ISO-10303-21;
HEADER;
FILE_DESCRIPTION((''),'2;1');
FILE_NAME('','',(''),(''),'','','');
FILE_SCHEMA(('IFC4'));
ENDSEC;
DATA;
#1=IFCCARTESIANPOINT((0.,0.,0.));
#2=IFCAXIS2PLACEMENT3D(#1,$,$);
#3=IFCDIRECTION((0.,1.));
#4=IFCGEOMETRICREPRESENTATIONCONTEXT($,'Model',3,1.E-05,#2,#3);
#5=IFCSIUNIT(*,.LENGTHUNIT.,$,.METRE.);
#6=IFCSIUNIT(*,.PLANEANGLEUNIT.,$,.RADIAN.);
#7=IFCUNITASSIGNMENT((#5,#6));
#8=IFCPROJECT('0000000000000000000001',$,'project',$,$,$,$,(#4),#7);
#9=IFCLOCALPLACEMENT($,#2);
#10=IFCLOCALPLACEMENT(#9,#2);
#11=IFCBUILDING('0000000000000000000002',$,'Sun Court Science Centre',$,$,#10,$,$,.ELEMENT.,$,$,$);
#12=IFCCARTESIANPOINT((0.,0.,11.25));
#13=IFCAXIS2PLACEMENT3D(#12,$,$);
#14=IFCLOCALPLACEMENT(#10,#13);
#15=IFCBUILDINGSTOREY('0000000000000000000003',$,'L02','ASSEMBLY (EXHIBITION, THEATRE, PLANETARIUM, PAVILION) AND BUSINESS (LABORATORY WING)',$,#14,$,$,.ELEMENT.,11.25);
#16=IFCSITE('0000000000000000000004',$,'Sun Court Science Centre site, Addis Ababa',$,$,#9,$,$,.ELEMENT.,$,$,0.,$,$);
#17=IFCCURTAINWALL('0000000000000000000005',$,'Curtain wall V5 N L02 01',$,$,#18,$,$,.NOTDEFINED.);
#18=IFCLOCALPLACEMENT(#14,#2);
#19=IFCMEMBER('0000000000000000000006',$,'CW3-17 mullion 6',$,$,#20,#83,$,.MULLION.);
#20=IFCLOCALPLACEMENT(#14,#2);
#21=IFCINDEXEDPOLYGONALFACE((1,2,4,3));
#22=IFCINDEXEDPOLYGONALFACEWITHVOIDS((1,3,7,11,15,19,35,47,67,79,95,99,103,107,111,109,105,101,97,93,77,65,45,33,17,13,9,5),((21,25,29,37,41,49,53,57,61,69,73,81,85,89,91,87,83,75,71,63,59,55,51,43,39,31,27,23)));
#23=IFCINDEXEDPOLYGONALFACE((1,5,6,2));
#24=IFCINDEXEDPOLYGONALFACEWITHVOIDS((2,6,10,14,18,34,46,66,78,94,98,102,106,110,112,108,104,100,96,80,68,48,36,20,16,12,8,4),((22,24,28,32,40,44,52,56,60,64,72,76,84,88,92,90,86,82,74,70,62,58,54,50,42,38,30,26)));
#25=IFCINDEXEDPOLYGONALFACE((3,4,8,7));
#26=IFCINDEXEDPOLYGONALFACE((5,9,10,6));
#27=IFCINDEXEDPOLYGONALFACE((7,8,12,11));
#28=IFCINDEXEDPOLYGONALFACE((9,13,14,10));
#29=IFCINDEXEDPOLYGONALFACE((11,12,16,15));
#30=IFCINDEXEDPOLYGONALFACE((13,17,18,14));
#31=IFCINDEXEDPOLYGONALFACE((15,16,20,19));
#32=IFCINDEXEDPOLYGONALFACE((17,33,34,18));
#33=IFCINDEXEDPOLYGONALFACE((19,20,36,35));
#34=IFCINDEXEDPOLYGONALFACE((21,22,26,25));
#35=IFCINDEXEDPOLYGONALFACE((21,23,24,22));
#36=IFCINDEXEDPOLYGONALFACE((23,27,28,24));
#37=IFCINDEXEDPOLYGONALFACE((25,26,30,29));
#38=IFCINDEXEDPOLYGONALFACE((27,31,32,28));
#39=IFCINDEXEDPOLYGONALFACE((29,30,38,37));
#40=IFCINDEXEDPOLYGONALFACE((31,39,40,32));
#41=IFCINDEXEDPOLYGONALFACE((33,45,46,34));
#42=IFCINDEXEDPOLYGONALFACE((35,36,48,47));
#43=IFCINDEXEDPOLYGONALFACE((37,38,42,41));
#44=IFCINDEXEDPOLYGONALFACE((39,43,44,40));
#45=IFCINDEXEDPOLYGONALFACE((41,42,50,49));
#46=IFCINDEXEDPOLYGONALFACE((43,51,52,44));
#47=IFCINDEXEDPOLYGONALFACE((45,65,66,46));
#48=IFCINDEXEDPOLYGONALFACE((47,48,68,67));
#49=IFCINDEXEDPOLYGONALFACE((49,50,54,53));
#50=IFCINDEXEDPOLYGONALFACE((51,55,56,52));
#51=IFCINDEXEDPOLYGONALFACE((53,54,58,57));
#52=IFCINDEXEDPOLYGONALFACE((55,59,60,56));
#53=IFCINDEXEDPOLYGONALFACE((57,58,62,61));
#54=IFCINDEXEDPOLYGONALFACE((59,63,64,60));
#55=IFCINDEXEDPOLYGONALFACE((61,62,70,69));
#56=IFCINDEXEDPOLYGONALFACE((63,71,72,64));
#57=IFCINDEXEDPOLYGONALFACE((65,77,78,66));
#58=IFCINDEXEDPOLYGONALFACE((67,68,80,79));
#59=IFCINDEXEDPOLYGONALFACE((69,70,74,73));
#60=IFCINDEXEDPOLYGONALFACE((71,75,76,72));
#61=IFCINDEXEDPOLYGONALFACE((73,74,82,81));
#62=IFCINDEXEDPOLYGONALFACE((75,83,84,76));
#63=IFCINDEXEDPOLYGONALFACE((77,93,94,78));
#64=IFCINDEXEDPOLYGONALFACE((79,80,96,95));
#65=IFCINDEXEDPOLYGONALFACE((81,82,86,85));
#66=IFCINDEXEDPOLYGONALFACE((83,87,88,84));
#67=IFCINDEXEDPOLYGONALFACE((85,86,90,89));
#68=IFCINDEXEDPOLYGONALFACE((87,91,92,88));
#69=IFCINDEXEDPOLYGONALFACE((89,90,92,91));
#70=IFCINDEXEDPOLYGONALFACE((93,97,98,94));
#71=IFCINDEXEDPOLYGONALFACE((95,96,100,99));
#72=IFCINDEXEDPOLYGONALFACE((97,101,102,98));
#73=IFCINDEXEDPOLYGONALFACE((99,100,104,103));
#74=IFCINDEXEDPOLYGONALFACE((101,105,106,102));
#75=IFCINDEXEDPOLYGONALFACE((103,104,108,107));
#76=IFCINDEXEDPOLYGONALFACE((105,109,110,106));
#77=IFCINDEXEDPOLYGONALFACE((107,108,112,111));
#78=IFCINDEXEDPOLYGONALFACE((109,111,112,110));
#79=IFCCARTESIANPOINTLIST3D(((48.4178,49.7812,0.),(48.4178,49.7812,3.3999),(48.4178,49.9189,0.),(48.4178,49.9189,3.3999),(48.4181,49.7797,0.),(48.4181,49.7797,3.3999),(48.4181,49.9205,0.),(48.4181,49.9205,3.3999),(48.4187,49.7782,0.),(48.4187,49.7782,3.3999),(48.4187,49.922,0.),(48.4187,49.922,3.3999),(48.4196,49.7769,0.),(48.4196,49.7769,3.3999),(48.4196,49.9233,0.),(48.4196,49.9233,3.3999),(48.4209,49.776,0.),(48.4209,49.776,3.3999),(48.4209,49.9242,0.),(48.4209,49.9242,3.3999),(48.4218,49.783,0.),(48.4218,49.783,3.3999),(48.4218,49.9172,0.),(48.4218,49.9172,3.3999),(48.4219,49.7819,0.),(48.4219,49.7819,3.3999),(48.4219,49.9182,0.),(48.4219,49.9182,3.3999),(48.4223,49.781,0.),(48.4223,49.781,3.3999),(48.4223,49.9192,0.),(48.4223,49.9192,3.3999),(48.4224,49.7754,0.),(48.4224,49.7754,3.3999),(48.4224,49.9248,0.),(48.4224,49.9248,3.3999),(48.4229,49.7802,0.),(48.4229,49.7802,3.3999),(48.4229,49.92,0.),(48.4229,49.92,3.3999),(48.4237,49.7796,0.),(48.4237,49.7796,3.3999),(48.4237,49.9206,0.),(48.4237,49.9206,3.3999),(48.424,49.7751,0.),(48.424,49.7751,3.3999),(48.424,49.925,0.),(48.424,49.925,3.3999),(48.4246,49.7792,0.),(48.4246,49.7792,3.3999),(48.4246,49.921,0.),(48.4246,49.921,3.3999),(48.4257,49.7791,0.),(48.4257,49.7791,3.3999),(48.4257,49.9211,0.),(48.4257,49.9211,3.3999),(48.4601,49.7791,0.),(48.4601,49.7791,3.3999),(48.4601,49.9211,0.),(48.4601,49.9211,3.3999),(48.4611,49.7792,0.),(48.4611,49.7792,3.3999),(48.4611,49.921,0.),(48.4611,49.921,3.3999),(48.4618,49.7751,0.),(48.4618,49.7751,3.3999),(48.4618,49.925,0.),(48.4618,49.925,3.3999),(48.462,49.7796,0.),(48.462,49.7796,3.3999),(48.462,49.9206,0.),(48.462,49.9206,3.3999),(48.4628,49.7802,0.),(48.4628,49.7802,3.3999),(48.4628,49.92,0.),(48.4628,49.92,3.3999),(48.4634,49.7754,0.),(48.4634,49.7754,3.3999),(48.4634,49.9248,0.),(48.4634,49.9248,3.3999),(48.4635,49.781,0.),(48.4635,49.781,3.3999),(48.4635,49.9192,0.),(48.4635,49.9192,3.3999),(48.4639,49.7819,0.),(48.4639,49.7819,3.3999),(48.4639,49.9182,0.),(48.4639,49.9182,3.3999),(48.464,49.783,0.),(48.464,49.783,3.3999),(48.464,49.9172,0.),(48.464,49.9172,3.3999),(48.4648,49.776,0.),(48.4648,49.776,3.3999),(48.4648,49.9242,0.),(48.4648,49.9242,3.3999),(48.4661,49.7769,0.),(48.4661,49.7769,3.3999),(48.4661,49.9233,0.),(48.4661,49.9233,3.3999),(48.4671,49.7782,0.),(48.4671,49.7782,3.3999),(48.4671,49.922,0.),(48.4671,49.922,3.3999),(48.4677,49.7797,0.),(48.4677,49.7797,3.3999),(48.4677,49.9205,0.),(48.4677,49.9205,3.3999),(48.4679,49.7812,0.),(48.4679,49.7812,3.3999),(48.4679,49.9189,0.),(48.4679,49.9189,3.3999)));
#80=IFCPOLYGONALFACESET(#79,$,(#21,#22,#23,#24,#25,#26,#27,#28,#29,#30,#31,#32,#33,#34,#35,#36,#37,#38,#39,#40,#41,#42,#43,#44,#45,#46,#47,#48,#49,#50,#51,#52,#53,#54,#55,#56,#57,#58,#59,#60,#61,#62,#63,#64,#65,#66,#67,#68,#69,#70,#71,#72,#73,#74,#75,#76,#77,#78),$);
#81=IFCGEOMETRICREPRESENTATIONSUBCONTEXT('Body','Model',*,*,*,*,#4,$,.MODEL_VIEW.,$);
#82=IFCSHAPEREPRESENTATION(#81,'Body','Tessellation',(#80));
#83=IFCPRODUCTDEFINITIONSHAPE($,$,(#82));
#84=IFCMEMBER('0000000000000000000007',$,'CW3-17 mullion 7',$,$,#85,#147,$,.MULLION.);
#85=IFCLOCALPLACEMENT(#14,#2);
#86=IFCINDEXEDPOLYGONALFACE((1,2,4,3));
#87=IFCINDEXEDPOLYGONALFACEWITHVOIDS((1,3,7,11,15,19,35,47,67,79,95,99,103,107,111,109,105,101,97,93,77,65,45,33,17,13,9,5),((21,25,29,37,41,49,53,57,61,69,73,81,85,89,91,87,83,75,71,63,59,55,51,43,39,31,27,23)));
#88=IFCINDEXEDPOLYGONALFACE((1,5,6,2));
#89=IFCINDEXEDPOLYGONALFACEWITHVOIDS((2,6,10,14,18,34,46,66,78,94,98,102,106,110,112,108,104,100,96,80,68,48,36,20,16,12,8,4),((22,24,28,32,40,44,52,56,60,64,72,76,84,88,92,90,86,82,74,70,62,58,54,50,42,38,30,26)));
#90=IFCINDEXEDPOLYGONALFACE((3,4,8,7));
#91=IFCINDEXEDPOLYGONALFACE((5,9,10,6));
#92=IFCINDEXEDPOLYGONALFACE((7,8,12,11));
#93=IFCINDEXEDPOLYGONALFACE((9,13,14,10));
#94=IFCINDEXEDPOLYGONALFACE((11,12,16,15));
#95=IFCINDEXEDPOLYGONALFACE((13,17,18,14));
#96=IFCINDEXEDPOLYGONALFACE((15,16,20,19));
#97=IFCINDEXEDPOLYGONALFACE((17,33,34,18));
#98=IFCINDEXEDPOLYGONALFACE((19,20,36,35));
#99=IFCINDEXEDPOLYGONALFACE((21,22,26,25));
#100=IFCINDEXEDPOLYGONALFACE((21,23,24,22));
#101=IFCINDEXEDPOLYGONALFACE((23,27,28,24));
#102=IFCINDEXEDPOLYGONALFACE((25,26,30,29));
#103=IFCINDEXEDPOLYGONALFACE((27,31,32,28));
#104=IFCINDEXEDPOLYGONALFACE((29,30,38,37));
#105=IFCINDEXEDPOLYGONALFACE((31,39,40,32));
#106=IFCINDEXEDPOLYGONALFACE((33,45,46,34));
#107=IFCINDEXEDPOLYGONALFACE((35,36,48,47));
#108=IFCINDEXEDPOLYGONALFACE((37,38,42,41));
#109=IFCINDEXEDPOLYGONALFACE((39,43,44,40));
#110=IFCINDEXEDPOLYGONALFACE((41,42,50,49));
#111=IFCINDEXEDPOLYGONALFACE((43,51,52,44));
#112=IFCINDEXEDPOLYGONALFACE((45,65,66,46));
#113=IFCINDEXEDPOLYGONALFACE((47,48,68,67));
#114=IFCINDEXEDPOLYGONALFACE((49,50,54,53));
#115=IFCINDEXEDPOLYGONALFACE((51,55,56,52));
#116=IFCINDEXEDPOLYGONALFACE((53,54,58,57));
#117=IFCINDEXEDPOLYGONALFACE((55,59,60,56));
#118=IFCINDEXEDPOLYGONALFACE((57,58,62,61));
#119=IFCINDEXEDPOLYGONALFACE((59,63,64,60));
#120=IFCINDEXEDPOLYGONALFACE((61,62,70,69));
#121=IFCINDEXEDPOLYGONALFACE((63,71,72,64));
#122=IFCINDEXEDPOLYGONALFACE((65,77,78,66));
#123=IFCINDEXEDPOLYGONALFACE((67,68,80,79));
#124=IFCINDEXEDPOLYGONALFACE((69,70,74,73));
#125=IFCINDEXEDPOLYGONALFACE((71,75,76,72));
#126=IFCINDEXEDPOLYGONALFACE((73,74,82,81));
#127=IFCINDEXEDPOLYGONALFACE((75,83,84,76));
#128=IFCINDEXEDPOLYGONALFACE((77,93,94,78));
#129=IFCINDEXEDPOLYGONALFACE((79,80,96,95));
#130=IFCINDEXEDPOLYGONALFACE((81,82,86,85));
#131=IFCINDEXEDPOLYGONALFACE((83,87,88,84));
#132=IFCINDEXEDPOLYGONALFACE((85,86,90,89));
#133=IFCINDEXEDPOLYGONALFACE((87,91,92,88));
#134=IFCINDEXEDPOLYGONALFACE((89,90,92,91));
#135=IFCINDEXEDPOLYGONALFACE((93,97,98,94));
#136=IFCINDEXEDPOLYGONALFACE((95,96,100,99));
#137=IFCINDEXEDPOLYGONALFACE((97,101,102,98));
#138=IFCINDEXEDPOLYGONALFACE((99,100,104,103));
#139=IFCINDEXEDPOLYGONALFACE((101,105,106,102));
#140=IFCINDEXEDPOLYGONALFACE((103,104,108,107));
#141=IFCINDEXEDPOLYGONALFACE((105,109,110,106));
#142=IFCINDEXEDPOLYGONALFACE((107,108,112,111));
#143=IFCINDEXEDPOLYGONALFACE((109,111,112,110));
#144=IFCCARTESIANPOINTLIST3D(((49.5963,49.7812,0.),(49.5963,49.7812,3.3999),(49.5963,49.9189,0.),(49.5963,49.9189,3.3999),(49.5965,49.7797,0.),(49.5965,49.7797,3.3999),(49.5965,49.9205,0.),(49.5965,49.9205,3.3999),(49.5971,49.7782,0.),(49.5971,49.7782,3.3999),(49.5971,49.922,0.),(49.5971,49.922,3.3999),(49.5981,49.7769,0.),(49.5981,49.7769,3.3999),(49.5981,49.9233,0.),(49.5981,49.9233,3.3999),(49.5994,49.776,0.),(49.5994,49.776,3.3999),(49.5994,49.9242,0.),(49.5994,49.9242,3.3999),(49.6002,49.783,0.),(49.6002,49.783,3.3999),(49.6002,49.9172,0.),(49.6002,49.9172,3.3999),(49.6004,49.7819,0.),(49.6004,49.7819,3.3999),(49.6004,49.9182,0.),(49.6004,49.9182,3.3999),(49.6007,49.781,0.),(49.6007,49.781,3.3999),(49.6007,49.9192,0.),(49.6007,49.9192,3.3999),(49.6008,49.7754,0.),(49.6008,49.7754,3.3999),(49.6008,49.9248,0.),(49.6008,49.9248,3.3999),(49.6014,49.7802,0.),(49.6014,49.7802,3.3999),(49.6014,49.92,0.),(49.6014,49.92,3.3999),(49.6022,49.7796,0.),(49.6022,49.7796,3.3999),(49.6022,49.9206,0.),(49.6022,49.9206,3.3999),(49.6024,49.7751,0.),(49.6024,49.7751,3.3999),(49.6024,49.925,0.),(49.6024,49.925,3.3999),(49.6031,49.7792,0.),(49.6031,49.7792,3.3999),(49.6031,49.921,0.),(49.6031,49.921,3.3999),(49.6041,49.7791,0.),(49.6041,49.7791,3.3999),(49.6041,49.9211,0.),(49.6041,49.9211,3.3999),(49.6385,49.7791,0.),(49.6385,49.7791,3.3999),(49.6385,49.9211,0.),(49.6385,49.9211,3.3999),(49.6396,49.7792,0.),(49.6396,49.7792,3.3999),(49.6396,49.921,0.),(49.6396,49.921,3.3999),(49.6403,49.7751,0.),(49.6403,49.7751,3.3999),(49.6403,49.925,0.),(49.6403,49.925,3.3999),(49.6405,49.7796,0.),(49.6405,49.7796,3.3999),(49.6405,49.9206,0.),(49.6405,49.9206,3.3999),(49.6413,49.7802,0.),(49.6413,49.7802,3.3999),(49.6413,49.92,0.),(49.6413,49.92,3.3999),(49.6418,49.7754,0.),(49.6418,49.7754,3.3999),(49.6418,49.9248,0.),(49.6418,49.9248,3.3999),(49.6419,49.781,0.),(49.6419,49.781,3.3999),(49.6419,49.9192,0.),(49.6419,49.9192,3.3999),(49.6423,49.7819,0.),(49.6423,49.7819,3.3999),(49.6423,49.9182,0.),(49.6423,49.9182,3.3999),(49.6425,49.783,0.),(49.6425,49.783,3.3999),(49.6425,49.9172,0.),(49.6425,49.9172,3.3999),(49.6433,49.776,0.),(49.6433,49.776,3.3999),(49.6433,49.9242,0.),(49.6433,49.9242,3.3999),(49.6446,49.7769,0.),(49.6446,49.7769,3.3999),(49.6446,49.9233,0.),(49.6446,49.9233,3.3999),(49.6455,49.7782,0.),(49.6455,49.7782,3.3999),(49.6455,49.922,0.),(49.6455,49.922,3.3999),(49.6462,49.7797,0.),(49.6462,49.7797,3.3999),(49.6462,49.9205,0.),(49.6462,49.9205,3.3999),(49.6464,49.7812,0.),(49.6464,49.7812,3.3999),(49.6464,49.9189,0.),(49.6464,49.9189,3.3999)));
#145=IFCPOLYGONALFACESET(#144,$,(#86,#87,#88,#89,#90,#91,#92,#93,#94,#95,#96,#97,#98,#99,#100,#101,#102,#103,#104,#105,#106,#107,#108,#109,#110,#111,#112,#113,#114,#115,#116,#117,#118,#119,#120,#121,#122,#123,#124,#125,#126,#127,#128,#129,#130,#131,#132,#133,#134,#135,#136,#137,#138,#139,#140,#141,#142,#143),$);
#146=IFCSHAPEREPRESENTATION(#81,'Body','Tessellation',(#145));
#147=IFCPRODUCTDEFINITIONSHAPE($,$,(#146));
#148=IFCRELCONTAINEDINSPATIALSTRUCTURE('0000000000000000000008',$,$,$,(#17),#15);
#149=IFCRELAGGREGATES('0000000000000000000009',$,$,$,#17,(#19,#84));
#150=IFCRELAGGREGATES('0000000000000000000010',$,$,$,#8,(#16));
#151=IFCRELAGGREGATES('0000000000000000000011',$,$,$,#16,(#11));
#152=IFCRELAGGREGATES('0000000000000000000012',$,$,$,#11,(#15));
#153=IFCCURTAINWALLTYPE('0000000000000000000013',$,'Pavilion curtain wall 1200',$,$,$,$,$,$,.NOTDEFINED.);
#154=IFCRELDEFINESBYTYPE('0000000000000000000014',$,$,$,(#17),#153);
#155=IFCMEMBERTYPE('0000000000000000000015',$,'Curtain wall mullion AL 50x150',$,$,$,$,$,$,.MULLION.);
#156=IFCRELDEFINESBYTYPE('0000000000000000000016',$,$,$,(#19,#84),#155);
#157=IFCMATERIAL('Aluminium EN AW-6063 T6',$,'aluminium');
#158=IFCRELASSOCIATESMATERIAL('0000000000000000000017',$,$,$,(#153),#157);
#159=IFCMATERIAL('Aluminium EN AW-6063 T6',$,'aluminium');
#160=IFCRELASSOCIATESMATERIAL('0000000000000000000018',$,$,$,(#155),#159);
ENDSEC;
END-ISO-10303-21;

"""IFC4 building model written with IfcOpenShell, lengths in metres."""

from ifc_helpers import new_model, si_unit, direction, frame, origin, origin_2d, place, context, subcontext, project, spatial, hollow_rectangle, extrude, material, material_profile, profile_set, type_object, element, aggregate, save


model = new_model("IFC4")

# Units and contexts
model_context = context("Model", 3, precision=1e-05, world=origin(), true_north=direction((0.0, 1.0)))
body_context = subcontext(model_context, "Body", "Model", "MODEL_VIEW")
ifc_project = project(units=[si_unit("LENGTHUNIT", "METRE"), si_unit("PLANEANGLEUNIT", "RADIAN")], contexts=[model_context])

# Site, building, storey
site_placement = place(None, origin())
site = spatial("IfcSite", under=ifc_project, at=site_placement, Name="Sun Court Science Centre site, Addis Ababa", CompositionType="ELEMENT", RefElevation=0.0)
building_placement = place(site_placement, origin())
building = spatial("IfcBuilding", under=site, at=building_placement, Name="Sun Court Science Centre", CompositionType="ELEMENT")
storey_placement = place(building_placement, frame((0.0, 0.0, 11.25)))
storey = spatial("IfcBuildingStorey", under=building, at=storey_placement, Name="L02", Description="ASSEMBLY (EXHIBITION, THEATRE, PLANETARIUM, PAVILION) AND BUSINESS (LABORATORY WING)", CompositionType="ELEMENT", Elevation=11.25)

# Curtain wall, members
ifc_material_1 = material(Name="Aluminium EN AW-6063 T6", Category="aluminium")
curtain_wall_type = type_object("IfcCurtainWallType", Name="Pavilion curtain wall 1200", PredefinedType="NOTDEFINED", material=ifc_material_1)
curtain_wall_placement = place(storey_placement, origin())
curtain_wall = element("IfcCurtainWall", 1, at=curtain_wall_placement, inside=storey, type_object=curtain_wall_type, Name="Curtain wall V5 N L02 01", PredefinedType="NOTDEFINED")
ifc_material_2 = material(Name="Aluminium EN AW-6063 T6", Category="aluminium")
ifc_material_profile_1 = material_profile(ifc_material_2, hollow_rectangle(XDim=0.05, YDim=0.1499, WallThickness=0.0039, InnerFilletRadius=0.0039, OuterFilletRadius=0.0061, at=origin_2d()), Name="AL 50x150x4")
ifc_profile_set_1 = profile_set([ifc_material_profile_1], Name="Aluminium EN AW-6063 T6")
member_type_1 = type_object("IfcMemberType", Name="Curtain wall mullion AL 50x150", PredefinedType="MULLION", material=ifc_profile_set_1)
member_1_placement = place(storey_placement, frame((48.4429, 49.8501, 0.0), z_axis=(0.0, 0.0, 1.0), x_axis=(1.0, 0.0, 0.0)))
member_1 = element("IfcMember", 2, at=member_1_placement, type_object=member_type_1, Name="CW3-17 mullion 6", PredefinedType="MULLION", context=body_context, shape_type="SweptSolid", body=[
    extrude(hollow_rectangle(XDim=0.05, YDim=0.1499, WallThickness=0.0039, InnerFilletRadius=0.0039, OuterFilletRadius=0.0061, at=origin_2d()), origin(), (0.0, 0.0, 1.0), 3.3999),
])
member_2_placement = place(storey_placement, frame((49.6213, 49.8501, 0.0), z_axis=(0.0, 0.0, 1.0), x_axis=(1.0, 0.0, 0.0)))
member_2 = element("IfcMember", 3, at=member_2_placement, type_object=member_type_1, Name="CW3-17 mullion 7", PredefinedType="MULLION", context=body_context, shape_type="SweptSolid", body=[
    extrude(hollow_rectangle(XDim=0.05, YDim=0.1499, WallThickness=0.0039, InnerFilletRadius=0.0039, OuterFilletRadius=0.0061, at=origin_2d()), origin(), (0.0, 0.0, 1.0), 3.3999),
])

aggregate(curtain_wall, [member_1, member_2])

save(model, "model.ifc")
